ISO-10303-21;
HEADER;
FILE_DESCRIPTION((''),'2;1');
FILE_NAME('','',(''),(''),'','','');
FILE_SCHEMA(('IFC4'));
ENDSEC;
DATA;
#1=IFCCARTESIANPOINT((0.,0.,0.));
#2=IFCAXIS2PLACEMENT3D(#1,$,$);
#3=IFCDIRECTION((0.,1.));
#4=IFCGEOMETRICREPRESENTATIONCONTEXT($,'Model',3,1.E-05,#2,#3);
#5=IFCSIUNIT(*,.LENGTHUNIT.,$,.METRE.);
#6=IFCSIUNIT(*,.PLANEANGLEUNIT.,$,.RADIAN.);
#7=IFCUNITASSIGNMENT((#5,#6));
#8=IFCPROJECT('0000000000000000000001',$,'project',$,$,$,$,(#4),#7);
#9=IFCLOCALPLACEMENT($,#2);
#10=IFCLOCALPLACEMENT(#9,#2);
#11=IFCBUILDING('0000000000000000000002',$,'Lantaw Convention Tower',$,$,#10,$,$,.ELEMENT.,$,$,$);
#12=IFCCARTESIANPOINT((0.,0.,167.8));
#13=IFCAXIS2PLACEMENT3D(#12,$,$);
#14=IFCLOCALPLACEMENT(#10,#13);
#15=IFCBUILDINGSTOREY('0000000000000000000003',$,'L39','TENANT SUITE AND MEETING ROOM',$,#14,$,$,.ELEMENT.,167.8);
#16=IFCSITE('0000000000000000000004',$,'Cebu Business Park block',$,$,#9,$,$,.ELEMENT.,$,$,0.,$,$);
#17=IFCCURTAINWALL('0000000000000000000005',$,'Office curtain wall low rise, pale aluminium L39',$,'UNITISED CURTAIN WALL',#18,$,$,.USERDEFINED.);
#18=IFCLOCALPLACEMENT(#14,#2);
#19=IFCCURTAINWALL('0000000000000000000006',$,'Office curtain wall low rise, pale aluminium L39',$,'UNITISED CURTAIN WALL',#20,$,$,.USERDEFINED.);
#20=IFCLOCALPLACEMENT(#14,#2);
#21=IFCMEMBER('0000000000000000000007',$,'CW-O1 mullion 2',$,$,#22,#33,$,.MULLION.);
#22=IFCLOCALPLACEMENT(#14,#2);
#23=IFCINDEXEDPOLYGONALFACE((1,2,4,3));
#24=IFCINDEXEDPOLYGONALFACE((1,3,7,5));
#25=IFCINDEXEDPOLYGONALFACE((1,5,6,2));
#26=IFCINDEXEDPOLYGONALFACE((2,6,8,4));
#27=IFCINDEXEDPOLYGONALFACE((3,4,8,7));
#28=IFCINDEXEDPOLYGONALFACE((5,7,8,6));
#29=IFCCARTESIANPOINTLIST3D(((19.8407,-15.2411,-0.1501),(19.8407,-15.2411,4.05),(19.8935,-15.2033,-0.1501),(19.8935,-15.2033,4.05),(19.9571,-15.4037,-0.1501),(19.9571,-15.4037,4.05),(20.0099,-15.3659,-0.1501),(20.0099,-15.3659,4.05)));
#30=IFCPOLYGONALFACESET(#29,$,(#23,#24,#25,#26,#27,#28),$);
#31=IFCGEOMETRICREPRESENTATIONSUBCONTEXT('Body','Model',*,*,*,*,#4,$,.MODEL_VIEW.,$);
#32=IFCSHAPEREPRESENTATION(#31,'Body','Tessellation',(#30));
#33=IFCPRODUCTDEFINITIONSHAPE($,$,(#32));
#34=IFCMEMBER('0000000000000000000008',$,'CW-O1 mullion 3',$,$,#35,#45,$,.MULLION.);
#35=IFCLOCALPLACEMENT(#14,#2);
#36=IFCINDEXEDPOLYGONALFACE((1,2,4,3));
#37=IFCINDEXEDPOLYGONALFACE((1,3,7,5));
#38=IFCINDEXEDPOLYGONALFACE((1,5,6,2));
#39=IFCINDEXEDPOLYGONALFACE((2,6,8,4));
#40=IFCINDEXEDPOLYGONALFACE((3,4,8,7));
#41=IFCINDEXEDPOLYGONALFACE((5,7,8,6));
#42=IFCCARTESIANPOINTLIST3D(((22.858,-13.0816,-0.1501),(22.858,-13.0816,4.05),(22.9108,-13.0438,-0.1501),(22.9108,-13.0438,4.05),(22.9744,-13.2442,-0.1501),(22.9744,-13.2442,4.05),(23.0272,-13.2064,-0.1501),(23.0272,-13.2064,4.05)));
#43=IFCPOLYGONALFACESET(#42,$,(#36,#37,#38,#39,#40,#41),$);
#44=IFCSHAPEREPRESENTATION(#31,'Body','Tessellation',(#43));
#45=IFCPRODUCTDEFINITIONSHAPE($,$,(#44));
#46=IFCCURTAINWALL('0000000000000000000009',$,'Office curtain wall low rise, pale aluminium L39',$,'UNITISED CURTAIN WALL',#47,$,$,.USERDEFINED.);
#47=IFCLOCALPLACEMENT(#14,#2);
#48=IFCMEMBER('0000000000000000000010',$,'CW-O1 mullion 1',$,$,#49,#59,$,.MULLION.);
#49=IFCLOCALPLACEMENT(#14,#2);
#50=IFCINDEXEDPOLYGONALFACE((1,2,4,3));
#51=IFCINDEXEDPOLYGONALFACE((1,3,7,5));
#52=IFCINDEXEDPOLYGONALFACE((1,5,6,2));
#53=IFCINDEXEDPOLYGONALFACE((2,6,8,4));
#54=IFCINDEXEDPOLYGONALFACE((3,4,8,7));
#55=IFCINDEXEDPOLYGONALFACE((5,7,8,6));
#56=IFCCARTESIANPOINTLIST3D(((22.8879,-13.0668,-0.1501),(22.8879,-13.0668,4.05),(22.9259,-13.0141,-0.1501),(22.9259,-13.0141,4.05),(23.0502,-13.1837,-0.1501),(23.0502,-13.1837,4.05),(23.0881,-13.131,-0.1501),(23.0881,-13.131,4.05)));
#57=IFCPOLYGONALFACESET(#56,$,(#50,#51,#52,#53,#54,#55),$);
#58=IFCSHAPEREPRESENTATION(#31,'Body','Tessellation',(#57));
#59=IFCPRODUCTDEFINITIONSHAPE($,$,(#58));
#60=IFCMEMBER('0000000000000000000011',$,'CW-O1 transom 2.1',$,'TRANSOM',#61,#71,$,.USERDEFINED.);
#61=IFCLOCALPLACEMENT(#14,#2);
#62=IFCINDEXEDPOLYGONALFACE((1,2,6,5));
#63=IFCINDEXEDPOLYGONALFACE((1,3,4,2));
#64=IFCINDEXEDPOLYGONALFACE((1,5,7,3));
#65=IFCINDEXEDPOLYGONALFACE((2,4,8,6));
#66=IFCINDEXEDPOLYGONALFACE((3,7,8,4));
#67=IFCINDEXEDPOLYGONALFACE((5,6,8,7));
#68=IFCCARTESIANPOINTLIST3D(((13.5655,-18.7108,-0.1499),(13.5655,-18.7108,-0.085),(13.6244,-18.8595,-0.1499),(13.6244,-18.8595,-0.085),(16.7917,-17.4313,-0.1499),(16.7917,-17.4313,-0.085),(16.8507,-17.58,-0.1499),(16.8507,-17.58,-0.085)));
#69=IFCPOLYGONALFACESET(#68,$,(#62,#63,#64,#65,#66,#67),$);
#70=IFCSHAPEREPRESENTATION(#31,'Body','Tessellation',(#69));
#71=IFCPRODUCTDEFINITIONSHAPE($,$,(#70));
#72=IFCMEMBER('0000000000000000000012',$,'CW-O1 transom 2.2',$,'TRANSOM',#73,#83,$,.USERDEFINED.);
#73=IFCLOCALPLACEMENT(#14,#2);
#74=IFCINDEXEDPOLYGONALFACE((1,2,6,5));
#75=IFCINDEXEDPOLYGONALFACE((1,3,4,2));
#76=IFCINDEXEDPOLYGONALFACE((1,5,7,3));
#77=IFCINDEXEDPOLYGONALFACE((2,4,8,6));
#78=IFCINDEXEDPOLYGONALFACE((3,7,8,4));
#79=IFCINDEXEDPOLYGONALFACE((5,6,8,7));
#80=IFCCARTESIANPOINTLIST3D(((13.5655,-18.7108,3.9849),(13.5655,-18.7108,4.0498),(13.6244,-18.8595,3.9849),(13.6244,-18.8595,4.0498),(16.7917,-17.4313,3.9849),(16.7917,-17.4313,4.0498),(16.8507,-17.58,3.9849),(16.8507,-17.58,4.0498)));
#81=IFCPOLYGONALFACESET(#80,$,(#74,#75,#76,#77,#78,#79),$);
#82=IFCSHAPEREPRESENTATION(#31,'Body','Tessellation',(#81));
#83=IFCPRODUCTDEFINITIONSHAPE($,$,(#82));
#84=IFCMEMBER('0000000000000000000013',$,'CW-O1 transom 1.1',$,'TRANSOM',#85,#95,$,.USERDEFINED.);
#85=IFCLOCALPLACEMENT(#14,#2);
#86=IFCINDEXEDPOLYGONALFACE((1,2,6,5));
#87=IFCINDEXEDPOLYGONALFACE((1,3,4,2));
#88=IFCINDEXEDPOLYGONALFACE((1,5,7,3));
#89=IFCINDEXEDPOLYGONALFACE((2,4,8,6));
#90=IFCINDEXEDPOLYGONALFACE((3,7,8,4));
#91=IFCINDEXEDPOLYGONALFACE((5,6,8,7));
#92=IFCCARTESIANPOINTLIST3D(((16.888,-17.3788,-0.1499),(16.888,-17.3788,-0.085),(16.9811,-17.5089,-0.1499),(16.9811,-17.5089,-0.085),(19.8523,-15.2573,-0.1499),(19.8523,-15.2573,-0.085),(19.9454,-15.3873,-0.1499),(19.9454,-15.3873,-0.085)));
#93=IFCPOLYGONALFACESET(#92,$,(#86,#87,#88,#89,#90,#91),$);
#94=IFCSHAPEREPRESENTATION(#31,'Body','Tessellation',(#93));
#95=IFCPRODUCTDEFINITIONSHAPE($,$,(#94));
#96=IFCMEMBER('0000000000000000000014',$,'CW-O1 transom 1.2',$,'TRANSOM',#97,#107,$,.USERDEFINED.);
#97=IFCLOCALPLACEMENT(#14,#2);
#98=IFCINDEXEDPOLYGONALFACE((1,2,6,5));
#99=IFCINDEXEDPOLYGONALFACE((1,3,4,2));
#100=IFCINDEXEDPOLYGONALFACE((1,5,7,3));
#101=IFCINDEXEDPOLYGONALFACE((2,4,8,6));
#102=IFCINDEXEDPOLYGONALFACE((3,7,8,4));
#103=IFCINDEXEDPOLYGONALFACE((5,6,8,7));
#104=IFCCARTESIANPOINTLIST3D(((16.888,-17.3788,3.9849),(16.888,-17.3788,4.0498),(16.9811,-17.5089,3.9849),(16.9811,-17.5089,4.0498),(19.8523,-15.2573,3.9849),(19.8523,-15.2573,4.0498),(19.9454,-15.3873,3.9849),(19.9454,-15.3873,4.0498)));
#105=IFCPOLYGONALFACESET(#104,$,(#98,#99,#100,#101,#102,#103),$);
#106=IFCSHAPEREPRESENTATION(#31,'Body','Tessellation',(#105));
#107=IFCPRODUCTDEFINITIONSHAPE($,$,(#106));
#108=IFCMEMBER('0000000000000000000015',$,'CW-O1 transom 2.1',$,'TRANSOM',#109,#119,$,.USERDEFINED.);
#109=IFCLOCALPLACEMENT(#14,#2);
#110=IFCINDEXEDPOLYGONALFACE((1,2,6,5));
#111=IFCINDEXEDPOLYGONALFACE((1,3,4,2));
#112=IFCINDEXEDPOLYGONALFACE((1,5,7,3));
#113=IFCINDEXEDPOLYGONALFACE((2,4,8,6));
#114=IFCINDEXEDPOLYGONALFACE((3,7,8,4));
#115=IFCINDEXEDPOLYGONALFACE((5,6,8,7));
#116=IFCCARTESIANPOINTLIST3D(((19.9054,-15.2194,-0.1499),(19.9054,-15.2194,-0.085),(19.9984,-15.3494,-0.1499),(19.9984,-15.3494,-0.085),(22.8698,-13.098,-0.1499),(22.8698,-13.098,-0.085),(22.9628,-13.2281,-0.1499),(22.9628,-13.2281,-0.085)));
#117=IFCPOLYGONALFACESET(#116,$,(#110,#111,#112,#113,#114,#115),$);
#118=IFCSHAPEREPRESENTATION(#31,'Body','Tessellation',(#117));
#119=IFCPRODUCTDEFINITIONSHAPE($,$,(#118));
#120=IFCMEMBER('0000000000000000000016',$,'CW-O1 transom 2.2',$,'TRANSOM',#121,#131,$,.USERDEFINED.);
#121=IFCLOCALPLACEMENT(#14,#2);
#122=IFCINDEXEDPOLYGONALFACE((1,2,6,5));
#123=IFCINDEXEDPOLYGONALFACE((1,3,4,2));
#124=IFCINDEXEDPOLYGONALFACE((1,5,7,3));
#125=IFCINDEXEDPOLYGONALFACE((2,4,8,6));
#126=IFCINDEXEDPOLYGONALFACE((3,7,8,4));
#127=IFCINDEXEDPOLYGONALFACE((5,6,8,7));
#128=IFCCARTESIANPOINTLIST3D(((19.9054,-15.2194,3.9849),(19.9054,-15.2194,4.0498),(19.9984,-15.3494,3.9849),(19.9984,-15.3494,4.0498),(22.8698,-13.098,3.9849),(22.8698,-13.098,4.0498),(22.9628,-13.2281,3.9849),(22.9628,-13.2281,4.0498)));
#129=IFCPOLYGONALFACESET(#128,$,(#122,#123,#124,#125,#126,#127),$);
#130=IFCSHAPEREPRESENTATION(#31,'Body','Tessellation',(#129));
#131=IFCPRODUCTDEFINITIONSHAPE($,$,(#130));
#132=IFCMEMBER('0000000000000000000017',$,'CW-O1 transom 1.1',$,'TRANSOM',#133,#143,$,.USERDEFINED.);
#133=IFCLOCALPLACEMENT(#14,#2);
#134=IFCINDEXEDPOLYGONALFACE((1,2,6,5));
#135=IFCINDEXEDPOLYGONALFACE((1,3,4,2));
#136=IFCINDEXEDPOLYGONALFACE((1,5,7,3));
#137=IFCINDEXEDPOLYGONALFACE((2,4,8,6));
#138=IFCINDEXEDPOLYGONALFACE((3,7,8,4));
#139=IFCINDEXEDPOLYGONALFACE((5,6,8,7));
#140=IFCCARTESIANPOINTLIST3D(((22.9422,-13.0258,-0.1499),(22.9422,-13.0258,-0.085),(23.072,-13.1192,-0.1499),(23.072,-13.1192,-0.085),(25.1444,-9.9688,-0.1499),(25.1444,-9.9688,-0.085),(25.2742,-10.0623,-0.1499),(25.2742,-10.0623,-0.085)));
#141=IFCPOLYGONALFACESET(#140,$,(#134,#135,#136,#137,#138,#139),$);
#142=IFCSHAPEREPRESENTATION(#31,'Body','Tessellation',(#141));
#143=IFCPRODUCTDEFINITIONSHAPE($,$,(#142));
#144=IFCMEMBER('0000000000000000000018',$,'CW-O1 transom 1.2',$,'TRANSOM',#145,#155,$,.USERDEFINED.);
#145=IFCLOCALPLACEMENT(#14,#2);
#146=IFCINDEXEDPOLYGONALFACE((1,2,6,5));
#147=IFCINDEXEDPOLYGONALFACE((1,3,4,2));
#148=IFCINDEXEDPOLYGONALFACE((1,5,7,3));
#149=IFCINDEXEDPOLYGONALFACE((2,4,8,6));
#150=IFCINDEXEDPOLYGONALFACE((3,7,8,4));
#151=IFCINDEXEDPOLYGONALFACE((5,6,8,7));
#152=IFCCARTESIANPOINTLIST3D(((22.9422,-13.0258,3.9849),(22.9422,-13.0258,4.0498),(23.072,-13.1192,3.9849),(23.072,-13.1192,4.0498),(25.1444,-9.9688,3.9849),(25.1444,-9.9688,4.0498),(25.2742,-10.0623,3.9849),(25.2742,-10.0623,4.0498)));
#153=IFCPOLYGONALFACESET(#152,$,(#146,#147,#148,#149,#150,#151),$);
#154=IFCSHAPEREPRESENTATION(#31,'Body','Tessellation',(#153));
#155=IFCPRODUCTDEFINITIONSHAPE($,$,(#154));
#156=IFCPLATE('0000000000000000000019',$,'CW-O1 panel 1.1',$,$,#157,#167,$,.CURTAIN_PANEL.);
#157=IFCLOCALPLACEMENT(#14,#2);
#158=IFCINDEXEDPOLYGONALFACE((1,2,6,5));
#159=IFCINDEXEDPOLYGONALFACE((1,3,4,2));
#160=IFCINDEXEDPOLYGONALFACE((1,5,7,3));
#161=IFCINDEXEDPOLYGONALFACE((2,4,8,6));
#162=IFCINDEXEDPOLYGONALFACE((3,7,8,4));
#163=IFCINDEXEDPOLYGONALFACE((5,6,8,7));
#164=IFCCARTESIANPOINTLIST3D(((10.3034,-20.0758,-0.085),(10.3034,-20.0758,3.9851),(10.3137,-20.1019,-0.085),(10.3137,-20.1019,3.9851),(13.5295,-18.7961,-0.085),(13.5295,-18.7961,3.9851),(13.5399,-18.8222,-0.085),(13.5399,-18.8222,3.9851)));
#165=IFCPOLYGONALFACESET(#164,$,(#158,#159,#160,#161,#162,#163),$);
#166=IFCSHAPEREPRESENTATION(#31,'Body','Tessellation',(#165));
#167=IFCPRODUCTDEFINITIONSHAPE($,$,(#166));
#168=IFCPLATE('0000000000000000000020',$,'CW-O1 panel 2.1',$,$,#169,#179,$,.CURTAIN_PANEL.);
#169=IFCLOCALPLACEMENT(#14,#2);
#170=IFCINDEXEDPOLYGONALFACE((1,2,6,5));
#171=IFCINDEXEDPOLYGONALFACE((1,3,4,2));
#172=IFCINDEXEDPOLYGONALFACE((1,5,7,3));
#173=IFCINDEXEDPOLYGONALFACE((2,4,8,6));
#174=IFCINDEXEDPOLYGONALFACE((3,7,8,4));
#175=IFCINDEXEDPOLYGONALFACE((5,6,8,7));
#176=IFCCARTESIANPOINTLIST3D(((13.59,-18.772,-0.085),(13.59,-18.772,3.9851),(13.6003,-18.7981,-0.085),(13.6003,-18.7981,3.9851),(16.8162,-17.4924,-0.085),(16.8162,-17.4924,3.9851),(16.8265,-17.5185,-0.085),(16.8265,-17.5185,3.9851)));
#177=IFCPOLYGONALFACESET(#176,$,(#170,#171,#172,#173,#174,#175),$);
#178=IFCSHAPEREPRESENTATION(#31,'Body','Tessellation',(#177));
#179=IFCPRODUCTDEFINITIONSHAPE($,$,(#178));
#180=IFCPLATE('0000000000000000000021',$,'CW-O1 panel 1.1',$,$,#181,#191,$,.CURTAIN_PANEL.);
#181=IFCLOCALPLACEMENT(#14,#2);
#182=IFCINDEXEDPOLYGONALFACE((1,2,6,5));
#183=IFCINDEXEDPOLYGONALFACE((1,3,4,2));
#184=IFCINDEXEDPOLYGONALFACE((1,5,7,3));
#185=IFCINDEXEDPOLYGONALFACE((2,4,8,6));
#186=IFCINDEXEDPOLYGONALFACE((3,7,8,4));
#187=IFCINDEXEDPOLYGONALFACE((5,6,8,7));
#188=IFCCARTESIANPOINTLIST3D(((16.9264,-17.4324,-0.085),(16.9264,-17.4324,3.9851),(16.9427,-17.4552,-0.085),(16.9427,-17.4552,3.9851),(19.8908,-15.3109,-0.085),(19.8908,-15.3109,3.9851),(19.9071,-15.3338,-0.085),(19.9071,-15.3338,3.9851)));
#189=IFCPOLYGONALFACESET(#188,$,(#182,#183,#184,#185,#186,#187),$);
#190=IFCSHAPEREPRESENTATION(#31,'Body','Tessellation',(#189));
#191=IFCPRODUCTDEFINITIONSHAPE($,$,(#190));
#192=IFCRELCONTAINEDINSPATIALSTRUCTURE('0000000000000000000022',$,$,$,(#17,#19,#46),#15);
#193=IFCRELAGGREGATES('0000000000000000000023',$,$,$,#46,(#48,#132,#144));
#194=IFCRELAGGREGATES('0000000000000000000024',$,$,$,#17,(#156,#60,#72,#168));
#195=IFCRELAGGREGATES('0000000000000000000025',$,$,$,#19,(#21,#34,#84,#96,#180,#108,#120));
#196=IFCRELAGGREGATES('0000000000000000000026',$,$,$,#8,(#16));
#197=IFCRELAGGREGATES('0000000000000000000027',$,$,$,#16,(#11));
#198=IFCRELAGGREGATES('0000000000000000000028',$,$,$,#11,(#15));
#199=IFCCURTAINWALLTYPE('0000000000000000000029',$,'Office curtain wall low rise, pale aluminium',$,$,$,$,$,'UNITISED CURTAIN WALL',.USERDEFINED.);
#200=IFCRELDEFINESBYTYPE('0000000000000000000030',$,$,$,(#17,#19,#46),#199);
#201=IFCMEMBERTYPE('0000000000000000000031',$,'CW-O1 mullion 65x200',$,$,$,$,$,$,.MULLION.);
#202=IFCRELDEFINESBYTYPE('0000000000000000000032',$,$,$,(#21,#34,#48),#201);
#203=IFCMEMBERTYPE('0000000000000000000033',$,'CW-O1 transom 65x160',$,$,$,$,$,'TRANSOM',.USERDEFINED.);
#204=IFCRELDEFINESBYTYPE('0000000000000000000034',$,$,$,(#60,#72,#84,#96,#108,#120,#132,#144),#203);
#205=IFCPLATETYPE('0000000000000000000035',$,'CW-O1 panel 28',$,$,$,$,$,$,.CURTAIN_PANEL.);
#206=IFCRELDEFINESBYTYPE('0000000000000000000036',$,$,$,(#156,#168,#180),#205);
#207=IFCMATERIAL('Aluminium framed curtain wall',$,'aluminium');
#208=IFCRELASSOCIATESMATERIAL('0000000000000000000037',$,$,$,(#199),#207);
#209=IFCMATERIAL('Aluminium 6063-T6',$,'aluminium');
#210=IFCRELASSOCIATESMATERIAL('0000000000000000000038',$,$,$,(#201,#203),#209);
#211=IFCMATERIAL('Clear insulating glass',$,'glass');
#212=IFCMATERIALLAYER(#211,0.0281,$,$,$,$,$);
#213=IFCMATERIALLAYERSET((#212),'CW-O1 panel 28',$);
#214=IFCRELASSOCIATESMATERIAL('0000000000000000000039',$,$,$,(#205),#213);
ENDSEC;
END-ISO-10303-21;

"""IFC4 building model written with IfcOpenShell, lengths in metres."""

from ifc_helpers import new_model, si_unit, direction, frame, origin, origin_2d, place, context, subcontext, project, spatial, rectangle, extrude, material, layer, layer_set, material_profile, profile_set, type_object, element, aggregate, save


model = new_model("IFC4")

# Units and contexts
model_context = context("Model", 3, precision=1e-05, world=origin(), true_north=direction((0.0, 1.0)))
body_context = subcontext(model_context, "Body", "Model", "MODEL_VIEW")
ifc_project = project(units=[si_unit("LENGTHUNIT", "METRE"), si_unit("PLANEANGLEUNIT", "RADIAN")], contexts=[model_context])

# Site, building, storey
site_placement = place(None, origin())
site = spatial("IfcSite", under=ifc_project, at=site_placement, Name="Cebu Business Park block", CompositionType="ELEMENT", RefElevation=0.0)
building_placement = place(site_placement, origin())
building = spatial("IfcBuilding", under=site, at=building_placement, Name="Lantaw Convention Tower", CompositionType="ELEMENT")
storey_placement = place(building_placement, frame((0.0, 0.0, 167.8)))
storey = spatial("IfcBuildingStorey", under=building, at=storey_placement, Name="L39", Description="TENANT SUITE AND MEETING ROOM", CompositionType="ELEMENT", Elevation=167.8)

# Curtain walls, members
ifc_material_1 = material(Name="Aluminium framed curtain wall", Category="aluminium")
curtain_wall_type = type_object("IfcCurtainWallType", Name="Office curtain wall low rise, pale aluminium", ElementType="UNITISED CURTAIN WALL", PredefinedType="USERDEFINED", material=ifc_material_1)
curtain_wall_1_placement = place(storey_placement, origin())
curtain_wall_1 = element("IfcCurtainWall", 1, at=curtain_wall_1_placement, inside=storey, type_object=curtain_wall_type, Name="Office curtain wall low rise, pale aluminium L39", ObjectType="UNITISED CURTAIN WALL", PredefinedType="USERDEFINED")
ifc_material_2 = material(Name="Aluminium 6063-T6", Category="aluminium")
ifc_material_profile_1 = material_profile(ifc_material_2, rectangle(XDim=0.2, YDim=0.0649, at=origin_2d()), Name="CW-O1 mullion 65x200")
ifc_profile_set_1 = profile_set([ifc_material_profile_1], Name="Aluminium 6063-T6")
member_type_1 = type_object("IfcMemberType", Name="CW-O1 mullion 65x200", PredefinedType="MULLION", material=ifc_profile_set_1)
curtain_wall_2_placement = place(storey_placement, origin())
curtain_wall_2 = element("IfcCurtainWall", 2, at=curtain_wall_2_placement, inside=storey, type_object=curtain_wall_type, Name="Office curtain wall low rise, pale aluminium L39", ObjectType="UNITISED CURTAIN WALL", PredefinedType="USERDEFINED")
member_1_placement = place(storey_placement, frame((19.9253, -15.3035, -0.1501), z_axis=(0.0, 0.0, 1.0), x_axis=(-0.581973, 0.813208, 0.0)))
member_1 = element("IfcMember", 3, at=member_1_placement, type_object=member_type_1, Name="CW-O1 mullion 2", PredefinedType="MULLION", context=body_context, shape_type="SweptSolid", body=[
    extrude(rectangle(XDim=0.2, YDim=0.0649, at=origin_2d()), origin(), (0.0, 0.0, 1.0), 4.2002),
])
member_2_placement = place(storey_placement, frame((22.9426, -13.144, -0.1501), z_axis=(0.0, 0.0, 1.0), x_axis=(-0.581973, 0.813208, 0.0)))
member_2 = element("IfcMember", 4, at=member_2_placement, type_object=member_type_1, Name="CW-O1 mullion 3", PredefinedType="MULLION", context=body_context, shape_type="SweptSolid", body=[
    extrude(rectangle(XDim=0.2, YDim=0.0649, at=origin_2d()), origin(), (0.0, 0.0, 1.0), 4.2002),
])

# Curtain wall, member
curtain_wall_3_placement = place(storey_placement, origin())
curtain_wall_3 = element("IfcCurtainWall", 5, at=curtain_wall_3_placement, inside=storey, type_object=curtain_wall_type, Name="Office curtain wall low rise, pale aluminium L39", ObjectType="UNITISED CURTAIN WALL", PredefinedType="USERDEFINED")
member_3_placement = place(storey_placement, frame((22.988, -13.0989, -0.1501), z_axis=(0.0, 0.0, 1.0), x_axis=(-0.811385, 0.584513, 0.0)))
member_3 = element("IfcMember", 6, at=member_3_placement, type_object=member_type_1, Name="CW-O1 mullion 1", PredefinedType="MULLION", context=body_context, shape_type="SweptSolid", body=[
    extrude(rectangle(XDim=0.2, YDim=0.0649, at=origin_2d()), origin(), (0.0, 0.0, 1.0), 4.2002),
])

# Members
ifc_material_profile_2 = material_profile(ifc_material_2, rectangle(XDim=0.1599, YDim=0.0649, at=origin_2d()), Name="CW-O1 transom 65x160")
ifc_profile_set_2 = profile_set([ifc_material_profile_2], Name="Aluminium 6063-T6")
member_type_2 = type_object("IfcMemberType", Name="CW-O1 transom 65x160", ElementType="TRANSOM", PredefinedType="USERDEFINED", material=ifc_profile_set_2)
member_4_placement = place(storey_placement, frame((13.595, -18.7852, -0.1174), z_axis=(0.929564, 0.36866, 0.0), x_axis=(-0.36866, 0.929564, 0.0)))
member_4 = element("IfcMember", 7, at=member_4_placement, type_object=member_type_2, Name="CW-O1 transom 2.1", ObjectType="TRANSOM", PredefinedType="USERDEFINED", context=body_context, shape_type="SweptSolid", body=[
    extrude(rectangle(XDim=0.1599, YDim=0.0649, at=origin_2d()), origin(), (0.0, 0.0, 1.0), 3.4707),
])
member_5_placement = place(storey_placement, frame((13.595, -18.7852, 4.0173), z_axis=(0.929564, 0.36866, 0.0), x_axis=(-0.36866, 0.929564, 0.0)))
member_5 = element("IfcMember", 8, at=member_5_placement, type_object=member_type_2, Name="CW-O1 transom 2.2", ObjectType="TRANSOM", PredefinedType="USERDEFINED", context=body_context, shape_type="SweptSolid", body=[
    extrude(rectangle(XDim=0.1599, YDim=0.0649, at=origin_2d()), origin(), (0.0, 0.0, 1.0), 3.4707),
])
member_6_placement = place(storey_placement, frame((16.9346, -17.4438, -0.1174), z_axis=(0.81319, 0.581998, 0.0), x_axis=(-0.581998, 0.81319, 0.0)))
member_6 = element("IfcMember", 9, at=member_6_placement, type_object=member_type_2, Name="CW-O1 transom 1.1", ObjectType="TRANSOM", PredefinedType="USERDEFINED", context=body_context, shape_type="SweptSolid", body=[
    extrude(rectangle(XDim=0.1599, YDim=0.0649, at=origin_2d()), origin(), (0.0, 0.0, 1.0), 3.6453),
])
member_7_placement = place(storey_placement, frame((16.9346, -17.4438, 4.0173), z_axis=(0.81319, 0.581998, 0.0), x_axis=(-0.581998, 0.81319, 0.0)))
member_7 = element("IfcMember", 10, at=member_7_placement, type_object=member_type_2, Name="CW-O1 transom 1.2", ObjectType="TRANSOM", PredefinedType="USERDEFINED", context=body_context, shape_type="SweptSolid", body=[
    extrude(rectangle(XDim=0.1599, YDim=0.0649, at=origin_2d()), origin(), (0.0, 0.0, 1.0), 3.6453),
])
member_8_placement = place(storey_placement, frame((19.9519, -15.2844, -0.1174), z_axis=(0.813222, 0.581954, 0.0), x_axis=(-0.581954, 0.813222, 0.0)))
member_8 = element("IfcMember", 11, at=member_8_placement, type_object=member_type_2, Name="CW-O1 transom 2.1", ObjectType="TRANSOM", PredefinedType="USERDEFINED", context=body_context, shape_type="SweptSolid", body=[
    extrude(rectangle(XDim=0.1599, YDim=0.0649, at=origin_2d()), origin(), (0.0, 0.0, 1.0), 3.6453),
])
member_9_placement = place(storey_placement, frame((19.9519, -15.2844, 4.0173), z_axis=(0.813222, 0.581954, 0.0), x_axis=(-0.581954, 0.813222, 0.0)))
member_9 = element("IfcMember", 12, at=member_9_placement, type_object=member_type_2, Name="CW-O1 transom 2.2", ObjectType="TRANSOM", PredefinedType="USERDEFINED", context=body_context, shape_type="SweptSolid", body=[
    extrude(rectangle(XDim=0.1599, YDim=0.0649, at=origin_2d()), origin(), (0.0, 0.0, 1.0), 3.6453),
])
member_10_placement = place(storey_placement, frame((23.0071, -13.0725, -0.1174), z_axis=(0.584513, 0.811384, 0.0), x_axis=(-0.811384, 0.584513, 0.0)))
member_10 = element("IfcMember", 13, at=member_10_placement, type_object=member_type_2, Name="CW-O1 transom 1.1", ObjectType="TRANSOM", PredefinedType="USERDEFINED", context=body_context, shape_type="SweptSolid", body=[
    extrude(rectangle(XDim=0.1599, YDim=0.0649, at=origin_2d()), origin(), (0.0, 0.0, 1.0), 3.7676),
])
member_11_placement = place(storey_placement, frame((23.0071, -13.0725, 4.0173), z_axis=(0.584513, 0.811384, 0.0), x_axis=(-0.811384, 0.584513, 0.0)))
member_11 = element("IfcMember", 14, at=member_11_placement, type_object=member_type_2, Name="CW-O1 transom 1.2", ObjectType="TRANSOM", PredefinedType="USERDEFINED", context=body_context, shape_type="SweptSolid", body=[
    extrude(rectangle(XDim=0.1599, YDim=0.0649, at=origin_2d()), origin(), (0.0, 0.0, 1.0), 3.7676),
])
aggregate(curtain_wall_3, [member_3, member_10, member_11])

# Plates
ifc_material_3 = material(Name="Clear insulating glass", Category="glass")
ifc_layer_1 = layer(ifc_material_3, 0.0281)
ifc_layer_set_1 = layer_set([ifc_layer_1], Name="CW-O1 panel 28")
plate_type_1 = type_object("IfcPlateType", Name="CW-O1 panel 28", PredefinedType="CURTAIN_PANEL", material=ifc_layer_set_1)
plate_1_placement = place(storey_placement, frame((11.9216, -19.449, -0.085), z_axis=(0.0, 0.0, 1.0), x_axis=(0.929548, 0.368702, 0.0)))
plate_1 = element("IfcPlate", 15, at=plate_1_placement, type_object=plate_type_1, Name="CW-O1 panel 1.1", PredefinedType="CURTAIN_PANEL", context=body_context, shape_type="SweptSolid", body=[
    extrude(rectangle(XDim=3.4707, YDim=0.0281, at=origin_2d()), origin(), (0.0, 0.0, 1.0), 4.0701),
])
plate_2_placement = place(storey_placement, frame((15.2083, -18.1453, -0.085), z_axis=(0.0, 0.0, 1.0), x_axis=(0.929548, 0.368702, 0.0)))
plate_2 = element("IfcPlate", 16, at=plate_2_placement, type_object=plate_type_1, Name="CW-O1 panel 2.1", PredefinedType="CURTAIN_PANEL", context=body_context, shape_type="SweptSolid", body=[
    extrude(rectangle(XDim=3.4707, YDim=0.0281, at=origin_2d()), origin(), (0.0, 0.0, 1.0), 4.0701),
])
aggregate(curtain_wall_1, [plate_1, member_4, member_5, plate_2])
plate_3_placement = place(storey_placement, frame((18.4167, -16.3831, -0.085), z_axis=(0.0, 0.0, 1.0), x_axis=(0.813208, 0.581973, 0.0)))
plate_3 = element("IfcPlate", 17, at=plate_3_placement, type_object=plate_type_1, Name="CW-O1 panel 1.1", PredefinedType="CURTAIN_PANEL", context=body_context, shape_type="SweptSolid", body=[
    extrude(rectangle(XDim=3.6453, YDim=0.0281, at=origin_2d()), origin(), (0.0, 0.0, 1.0), 4.0701),
])
aggregate(curtain_wall_2, [member_1, member_2, member_6, member_7, plate_3, member_8, member_9])

save(model, "model.ifc")
